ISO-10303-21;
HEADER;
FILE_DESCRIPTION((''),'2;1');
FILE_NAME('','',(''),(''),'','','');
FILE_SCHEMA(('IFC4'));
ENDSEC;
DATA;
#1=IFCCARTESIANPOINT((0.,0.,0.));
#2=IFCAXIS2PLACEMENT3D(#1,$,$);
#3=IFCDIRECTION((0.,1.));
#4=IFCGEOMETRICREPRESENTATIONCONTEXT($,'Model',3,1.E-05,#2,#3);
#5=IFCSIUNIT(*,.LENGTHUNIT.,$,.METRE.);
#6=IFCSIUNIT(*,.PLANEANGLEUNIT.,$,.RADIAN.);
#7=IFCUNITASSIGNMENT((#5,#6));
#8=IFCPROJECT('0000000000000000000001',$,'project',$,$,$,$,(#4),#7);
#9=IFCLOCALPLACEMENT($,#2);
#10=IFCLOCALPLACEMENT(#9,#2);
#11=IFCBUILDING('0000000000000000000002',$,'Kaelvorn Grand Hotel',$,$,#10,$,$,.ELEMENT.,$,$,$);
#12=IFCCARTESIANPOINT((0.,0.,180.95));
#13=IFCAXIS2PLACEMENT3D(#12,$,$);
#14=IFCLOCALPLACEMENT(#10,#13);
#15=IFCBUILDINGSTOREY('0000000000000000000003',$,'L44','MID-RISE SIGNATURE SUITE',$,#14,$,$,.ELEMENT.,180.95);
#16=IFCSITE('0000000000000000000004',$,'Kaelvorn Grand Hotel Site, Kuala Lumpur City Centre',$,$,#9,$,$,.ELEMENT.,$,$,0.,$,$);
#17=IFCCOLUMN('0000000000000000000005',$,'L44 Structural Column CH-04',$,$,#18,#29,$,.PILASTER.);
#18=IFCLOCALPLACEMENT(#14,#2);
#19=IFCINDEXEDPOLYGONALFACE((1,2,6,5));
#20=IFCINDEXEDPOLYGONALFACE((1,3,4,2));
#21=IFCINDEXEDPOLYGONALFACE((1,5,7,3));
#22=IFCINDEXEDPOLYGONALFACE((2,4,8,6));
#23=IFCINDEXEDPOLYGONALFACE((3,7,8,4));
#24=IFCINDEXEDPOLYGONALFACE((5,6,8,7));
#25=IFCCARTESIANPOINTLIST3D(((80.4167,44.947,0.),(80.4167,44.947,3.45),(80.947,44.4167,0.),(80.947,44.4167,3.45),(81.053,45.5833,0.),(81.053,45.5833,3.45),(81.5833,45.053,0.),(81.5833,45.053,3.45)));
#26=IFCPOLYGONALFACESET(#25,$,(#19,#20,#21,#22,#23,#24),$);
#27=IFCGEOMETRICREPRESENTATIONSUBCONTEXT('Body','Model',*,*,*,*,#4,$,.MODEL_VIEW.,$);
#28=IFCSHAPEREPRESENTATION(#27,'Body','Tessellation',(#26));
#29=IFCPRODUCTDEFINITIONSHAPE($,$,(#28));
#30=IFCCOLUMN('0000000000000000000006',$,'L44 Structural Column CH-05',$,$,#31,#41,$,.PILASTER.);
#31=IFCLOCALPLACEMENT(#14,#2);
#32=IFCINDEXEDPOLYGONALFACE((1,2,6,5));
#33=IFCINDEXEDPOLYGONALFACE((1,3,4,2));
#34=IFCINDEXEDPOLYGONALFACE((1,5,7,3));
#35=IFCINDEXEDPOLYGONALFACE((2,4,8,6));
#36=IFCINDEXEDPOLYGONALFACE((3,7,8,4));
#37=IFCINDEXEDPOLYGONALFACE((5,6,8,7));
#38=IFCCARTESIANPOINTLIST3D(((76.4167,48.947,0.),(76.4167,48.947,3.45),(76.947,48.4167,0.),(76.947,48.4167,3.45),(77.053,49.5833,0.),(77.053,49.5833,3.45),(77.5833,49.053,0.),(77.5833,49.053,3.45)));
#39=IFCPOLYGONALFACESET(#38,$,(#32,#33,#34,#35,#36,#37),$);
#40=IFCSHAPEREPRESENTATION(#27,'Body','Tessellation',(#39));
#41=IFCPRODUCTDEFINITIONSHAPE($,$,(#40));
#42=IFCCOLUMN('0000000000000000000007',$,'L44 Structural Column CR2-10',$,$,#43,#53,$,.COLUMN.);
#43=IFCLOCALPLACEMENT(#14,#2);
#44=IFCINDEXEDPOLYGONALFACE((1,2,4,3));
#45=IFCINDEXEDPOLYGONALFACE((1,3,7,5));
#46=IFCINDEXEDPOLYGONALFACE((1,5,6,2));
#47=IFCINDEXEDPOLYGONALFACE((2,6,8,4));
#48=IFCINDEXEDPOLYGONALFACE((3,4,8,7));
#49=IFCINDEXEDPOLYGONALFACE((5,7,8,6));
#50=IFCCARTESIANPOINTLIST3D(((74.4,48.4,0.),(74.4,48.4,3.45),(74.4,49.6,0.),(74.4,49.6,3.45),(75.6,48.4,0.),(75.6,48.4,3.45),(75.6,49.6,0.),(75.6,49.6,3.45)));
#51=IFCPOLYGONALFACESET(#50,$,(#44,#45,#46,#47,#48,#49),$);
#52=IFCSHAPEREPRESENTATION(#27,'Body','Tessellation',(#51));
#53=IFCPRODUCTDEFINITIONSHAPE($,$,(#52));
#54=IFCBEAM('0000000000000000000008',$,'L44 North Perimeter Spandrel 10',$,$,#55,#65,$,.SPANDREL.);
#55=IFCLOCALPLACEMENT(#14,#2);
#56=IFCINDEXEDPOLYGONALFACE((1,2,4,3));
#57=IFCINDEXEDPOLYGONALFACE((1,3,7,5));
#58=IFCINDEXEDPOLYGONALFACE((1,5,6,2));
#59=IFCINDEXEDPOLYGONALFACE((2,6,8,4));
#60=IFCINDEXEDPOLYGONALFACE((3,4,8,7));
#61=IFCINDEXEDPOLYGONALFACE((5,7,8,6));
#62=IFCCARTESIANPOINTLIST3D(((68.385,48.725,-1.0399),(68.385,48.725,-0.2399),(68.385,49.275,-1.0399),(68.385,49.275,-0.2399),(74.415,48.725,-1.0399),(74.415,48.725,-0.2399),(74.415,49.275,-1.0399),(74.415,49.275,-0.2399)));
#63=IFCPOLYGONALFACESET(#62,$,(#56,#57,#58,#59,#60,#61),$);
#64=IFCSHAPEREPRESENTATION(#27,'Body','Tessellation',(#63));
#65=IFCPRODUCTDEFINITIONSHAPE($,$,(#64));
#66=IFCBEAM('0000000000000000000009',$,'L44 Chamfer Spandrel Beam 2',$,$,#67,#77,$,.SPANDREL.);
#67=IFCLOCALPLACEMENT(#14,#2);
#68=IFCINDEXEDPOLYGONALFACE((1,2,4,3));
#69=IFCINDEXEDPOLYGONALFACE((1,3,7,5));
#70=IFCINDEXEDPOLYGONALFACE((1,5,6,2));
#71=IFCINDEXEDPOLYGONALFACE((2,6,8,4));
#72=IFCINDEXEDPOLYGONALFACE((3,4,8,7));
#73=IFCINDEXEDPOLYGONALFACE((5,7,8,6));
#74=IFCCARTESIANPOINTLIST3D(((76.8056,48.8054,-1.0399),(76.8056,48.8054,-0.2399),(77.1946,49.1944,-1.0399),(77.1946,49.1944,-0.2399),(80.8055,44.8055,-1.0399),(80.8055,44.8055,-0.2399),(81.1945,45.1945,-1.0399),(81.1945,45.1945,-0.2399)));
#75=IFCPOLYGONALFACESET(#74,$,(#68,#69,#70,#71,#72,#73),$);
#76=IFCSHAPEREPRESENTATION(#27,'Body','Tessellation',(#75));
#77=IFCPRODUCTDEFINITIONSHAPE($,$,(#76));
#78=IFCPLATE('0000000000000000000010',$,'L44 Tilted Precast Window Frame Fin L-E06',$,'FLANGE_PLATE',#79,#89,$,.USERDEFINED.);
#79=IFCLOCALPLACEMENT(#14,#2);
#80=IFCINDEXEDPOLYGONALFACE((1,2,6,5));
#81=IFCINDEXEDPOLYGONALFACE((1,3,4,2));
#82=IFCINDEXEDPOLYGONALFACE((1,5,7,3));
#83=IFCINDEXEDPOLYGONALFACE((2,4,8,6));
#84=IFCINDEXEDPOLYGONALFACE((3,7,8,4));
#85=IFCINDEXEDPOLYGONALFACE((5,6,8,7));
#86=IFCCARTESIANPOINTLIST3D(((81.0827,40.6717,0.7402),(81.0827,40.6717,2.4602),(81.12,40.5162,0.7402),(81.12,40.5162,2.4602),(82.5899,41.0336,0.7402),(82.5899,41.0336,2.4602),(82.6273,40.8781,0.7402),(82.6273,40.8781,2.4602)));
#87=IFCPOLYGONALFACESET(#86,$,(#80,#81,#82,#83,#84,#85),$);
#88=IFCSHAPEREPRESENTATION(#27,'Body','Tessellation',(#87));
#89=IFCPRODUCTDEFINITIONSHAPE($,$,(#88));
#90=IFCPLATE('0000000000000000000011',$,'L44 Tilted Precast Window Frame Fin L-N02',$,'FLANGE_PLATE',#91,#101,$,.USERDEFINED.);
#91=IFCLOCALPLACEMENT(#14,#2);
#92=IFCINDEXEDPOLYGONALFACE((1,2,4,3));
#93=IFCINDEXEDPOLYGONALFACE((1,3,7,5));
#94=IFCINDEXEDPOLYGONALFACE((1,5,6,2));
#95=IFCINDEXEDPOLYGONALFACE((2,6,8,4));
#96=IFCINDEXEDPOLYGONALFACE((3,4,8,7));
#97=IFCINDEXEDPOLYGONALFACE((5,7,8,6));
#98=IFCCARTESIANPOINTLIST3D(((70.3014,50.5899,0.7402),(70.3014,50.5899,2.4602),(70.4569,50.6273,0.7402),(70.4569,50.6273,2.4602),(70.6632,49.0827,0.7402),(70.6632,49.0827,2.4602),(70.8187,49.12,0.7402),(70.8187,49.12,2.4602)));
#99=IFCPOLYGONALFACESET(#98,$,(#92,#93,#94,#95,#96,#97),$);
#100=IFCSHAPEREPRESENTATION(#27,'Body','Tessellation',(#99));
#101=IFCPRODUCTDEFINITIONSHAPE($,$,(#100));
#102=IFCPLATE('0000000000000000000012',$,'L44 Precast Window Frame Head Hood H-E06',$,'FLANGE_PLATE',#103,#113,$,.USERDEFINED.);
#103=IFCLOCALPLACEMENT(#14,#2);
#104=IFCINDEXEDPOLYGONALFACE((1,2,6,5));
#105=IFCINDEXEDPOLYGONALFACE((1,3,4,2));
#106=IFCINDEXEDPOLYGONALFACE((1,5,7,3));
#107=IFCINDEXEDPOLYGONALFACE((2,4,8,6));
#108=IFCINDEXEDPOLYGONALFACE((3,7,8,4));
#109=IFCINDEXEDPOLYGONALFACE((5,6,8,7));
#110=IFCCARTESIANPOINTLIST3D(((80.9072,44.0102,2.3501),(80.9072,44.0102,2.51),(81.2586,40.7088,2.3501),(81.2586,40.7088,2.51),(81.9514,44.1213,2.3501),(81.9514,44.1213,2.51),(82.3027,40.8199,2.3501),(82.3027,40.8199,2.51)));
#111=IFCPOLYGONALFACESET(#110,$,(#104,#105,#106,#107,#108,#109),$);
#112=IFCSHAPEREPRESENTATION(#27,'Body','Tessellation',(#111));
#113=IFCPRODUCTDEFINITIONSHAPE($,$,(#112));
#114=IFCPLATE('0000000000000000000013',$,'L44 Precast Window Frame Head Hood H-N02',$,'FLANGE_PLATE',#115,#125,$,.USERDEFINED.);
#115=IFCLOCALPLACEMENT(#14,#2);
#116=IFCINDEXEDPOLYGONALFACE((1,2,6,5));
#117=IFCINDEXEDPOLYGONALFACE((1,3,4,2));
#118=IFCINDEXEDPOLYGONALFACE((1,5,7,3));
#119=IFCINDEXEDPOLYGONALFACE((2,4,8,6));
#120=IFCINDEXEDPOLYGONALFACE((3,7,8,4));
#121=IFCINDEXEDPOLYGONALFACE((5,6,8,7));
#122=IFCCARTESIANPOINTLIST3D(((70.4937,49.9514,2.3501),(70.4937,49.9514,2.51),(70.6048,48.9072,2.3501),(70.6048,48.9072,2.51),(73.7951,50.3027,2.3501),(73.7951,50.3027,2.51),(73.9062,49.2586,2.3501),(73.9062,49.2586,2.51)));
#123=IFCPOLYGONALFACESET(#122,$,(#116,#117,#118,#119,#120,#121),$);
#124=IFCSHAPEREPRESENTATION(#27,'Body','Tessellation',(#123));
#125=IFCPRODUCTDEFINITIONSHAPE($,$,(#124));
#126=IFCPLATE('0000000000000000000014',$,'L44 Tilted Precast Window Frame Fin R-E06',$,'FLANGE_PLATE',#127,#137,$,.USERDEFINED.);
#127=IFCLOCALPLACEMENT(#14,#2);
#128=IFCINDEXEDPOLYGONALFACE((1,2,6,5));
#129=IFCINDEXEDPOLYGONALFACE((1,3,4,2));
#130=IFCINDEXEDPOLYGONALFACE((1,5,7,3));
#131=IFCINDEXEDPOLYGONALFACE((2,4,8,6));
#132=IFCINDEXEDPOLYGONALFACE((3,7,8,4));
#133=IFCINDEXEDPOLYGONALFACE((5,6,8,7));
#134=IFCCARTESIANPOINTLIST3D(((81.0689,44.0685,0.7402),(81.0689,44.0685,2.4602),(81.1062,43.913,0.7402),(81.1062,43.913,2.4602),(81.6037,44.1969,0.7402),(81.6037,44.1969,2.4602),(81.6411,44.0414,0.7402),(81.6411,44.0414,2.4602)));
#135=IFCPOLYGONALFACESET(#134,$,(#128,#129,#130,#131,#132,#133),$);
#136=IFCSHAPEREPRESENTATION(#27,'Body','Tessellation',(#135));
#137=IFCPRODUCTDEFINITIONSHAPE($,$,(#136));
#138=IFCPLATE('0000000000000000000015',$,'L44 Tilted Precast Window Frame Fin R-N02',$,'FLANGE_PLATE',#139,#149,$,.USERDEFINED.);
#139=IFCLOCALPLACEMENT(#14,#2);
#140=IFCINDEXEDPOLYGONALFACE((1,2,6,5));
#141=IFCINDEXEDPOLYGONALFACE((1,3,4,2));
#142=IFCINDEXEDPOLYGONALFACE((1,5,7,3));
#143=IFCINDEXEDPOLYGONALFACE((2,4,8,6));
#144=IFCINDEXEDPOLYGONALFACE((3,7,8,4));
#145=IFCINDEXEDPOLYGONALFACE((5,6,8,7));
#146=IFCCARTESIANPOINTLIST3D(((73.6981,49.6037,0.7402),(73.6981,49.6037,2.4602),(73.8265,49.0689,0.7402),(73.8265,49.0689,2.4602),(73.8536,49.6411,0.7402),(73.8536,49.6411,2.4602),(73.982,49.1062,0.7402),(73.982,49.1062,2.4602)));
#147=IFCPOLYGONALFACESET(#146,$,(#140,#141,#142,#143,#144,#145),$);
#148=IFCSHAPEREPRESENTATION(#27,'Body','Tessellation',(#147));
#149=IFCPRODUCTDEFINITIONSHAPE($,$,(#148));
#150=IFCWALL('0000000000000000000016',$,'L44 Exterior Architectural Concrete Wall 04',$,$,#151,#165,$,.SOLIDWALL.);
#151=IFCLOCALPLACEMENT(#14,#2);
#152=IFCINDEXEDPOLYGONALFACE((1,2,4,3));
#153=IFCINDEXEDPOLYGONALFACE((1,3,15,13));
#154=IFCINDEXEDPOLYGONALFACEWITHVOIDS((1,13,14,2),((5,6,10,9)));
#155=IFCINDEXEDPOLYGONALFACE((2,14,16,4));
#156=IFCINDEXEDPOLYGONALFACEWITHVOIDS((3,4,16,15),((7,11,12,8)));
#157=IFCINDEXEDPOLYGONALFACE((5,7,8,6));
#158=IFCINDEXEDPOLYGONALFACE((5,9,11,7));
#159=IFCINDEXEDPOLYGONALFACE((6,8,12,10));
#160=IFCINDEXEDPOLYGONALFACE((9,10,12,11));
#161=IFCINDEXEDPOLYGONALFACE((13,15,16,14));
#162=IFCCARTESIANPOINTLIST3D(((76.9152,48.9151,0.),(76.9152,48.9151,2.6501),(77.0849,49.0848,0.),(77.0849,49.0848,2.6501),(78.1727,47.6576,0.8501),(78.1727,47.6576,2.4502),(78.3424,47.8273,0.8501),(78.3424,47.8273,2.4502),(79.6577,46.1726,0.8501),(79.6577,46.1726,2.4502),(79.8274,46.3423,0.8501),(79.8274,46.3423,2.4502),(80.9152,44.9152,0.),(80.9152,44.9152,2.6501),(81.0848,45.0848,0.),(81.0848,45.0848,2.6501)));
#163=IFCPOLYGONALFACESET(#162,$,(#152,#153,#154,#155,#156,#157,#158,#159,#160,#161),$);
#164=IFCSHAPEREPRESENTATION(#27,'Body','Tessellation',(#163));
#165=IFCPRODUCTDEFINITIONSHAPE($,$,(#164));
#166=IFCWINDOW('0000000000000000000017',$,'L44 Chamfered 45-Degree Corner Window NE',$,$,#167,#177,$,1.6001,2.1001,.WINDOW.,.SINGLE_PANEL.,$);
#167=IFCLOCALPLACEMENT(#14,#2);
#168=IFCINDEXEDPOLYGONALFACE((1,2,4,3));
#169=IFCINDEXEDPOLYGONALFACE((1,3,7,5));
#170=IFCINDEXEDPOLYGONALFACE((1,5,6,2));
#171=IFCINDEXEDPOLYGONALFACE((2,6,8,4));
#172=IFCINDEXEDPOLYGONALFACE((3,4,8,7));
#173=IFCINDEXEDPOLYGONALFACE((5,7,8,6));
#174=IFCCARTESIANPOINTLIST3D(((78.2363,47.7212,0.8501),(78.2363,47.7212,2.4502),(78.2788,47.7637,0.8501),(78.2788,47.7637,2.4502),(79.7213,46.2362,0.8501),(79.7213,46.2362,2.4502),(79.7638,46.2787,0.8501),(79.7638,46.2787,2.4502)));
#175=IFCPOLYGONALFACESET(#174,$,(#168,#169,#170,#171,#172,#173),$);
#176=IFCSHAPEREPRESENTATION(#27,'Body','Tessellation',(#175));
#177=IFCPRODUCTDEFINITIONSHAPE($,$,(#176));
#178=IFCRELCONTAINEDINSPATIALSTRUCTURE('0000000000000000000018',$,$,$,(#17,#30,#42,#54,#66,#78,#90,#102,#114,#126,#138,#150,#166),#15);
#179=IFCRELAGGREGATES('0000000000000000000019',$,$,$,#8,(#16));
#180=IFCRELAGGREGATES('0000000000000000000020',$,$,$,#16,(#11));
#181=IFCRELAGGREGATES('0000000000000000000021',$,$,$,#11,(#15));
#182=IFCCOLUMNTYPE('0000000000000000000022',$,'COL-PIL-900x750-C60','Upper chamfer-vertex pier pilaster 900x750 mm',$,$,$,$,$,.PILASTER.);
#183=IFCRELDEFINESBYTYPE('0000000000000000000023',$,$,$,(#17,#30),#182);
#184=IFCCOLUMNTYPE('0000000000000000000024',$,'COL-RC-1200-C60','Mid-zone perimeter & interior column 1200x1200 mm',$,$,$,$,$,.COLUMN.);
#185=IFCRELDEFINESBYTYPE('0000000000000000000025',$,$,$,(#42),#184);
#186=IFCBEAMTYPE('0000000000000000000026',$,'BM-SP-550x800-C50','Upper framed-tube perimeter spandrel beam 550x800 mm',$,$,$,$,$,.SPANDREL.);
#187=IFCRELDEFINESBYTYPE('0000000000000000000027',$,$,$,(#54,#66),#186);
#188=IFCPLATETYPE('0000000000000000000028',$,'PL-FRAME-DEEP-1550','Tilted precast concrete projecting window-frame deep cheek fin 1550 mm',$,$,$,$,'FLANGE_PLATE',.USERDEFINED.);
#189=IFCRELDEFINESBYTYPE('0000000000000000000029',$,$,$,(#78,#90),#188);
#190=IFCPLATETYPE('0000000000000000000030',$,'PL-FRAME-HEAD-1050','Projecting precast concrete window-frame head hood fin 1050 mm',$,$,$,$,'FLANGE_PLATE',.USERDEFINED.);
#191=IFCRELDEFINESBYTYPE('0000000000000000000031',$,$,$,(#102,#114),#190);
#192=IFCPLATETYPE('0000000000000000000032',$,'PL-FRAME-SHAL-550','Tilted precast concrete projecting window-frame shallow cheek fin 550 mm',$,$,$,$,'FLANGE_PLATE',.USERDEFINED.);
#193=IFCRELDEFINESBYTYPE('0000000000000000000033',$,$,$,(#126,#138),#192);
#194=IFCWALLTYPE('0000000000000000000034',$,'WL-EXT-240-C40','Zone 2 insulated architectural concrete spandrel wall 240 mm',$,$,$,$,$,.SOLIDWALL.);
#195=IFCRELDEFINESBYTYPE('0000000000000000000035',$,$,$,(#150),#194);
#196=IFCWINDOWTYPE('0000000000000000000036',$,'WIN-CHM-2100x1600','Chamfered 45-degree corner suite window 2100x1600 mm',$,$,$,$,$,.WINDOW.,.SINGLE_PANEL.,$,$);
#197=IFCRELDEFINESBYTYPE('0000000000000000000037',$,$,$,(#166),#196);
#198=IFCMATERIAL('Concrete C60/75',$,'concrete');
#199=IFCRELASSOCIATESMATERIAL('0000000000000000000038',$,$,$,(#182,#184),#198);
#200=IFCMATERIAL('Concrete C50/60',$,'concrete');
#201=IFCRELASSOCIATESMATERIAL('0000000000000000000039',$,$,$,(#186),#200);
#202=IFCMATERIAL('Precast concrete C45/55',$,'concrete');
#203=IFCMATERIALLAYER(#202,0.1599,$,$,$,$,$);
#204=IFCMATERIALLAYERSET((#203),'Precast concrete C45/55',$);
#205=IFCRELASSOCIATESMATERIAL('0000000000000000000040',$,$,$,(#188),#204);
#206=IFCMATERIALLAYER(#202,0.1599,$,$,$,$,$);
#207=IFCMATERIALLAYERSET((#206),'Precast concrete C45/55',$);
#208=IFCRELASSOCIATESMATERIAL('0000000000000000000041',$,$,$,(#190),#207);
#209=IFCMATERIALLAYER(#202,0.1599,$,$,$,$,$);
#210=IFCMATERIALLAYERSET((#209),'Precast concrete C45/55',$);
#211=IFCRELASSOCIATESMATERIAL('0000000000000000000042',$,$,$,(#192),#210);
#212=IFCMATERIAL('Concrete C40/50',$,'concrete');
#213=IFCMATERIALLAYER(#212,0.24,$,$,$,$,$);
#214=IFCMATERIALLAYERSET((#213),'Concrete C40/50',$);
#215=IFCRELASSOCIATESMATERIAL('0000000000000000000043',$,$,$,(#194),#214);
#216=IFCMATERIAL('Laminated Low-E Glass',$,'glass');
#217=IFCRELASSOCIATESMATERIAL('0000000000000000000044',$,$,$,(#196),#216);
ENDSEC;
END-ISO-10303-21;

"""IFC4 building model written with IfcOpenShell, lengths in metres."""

from ifc_helpers import new_model, si_unit, direction, frame, frame_2d, origin, origin_2d, place, context, subcontext, project, spatial, rectangle, extrude, material, layer, layer_set, material_profile, profile_set, type_object, element, fill, save


model = new_model("IFC4")

# Units and contexts
model_context = context("Model", 3, precision=1e-05, world=origin(), true_north=direction((0.0, 1.0)))
body_context = subcontext(model_context, "Body", "Model", "MODEL_VIEW")
ifc_project = project(units=[si_unit("LENGTHUNIT", "METRE"), si_unit("PLANEANGLEUNIT", "RADIAN")], contexts=[model_context])

# Site, building, storey
site_placement = place(None, origin())
site = spatial("IfcSite", under=ifc_project, at=site_placement, Name="Kaelvorn Grand Hotel Site, Kuala Lumpur City Centre", CompositionType="ELEMENT", RefElevation=0.0)
building_placement = place(site_placement, origin())
building = spatial("IfcBuilding", under=site, at=building_placement, Name="Kaelvorn Grand Hotel", CompositionType="ELEMENT")
storey_placement = place(building_placement, frame((0.0, 0.0, 180.95)))
storey = spatial("IfcBuildingStorey", under=building, at=storey_placement, Name="L44", Description="MID-RISE SIGNATURE SUITE", CompositionType="ELEMENT", Elevation=180.95)

# Columns
ifc_material_1 = material(Name="Concrete C60/75", Category="concrete")
ifc_material_profile_1 = material_profile(ifc_material_1, rectangle(XDim=0.8999, YDim=0.75, at=origin_2d()), Name="RC PILASTER 900x750")
ifc_profile_set_1 = profile_set([ifc_material_profile_1], Name="Concrete C60/75")
column_type_1 = type_object("IfcColumnType", Name="COL-PIL-900x750-C60", Description="Upper chamfer-vertex pier pilaster 900x750 mm", PredefinedType="PILASTER", material=ifc_profile_set_1)
for number, where, z_axis, x_axis, name in (
    (1, (81.0, 45.0, 0.0), (0.0, 0.0, 1.0), (0.707107, 0.707107, 0.0), "L44 Structural Column CH-04"),
    (2, (77.0, 49.0, 0.0), (0.0, 0.0, 1.0), (0.707107, 0.707107, 0.0), "L44 Structural Column CH-05"),
):
    element("IfcColumn", number, at=place(storey_placement, frame(where, z_axis=z_axis, x_axis=x_axis)), inside=storey, type_object=column_type_1, Name=name, PredefinedType="PILASTER", context=body_context, shape_type="SweptSolid", body=[
        extrude(rectangle(XDim=0.8999, YDim=0.75, at=origin_2d()), origin(), (0.0, 0.0, 1.0), 3.45),
    ])
ifc_material_profile_2 = material_profile(ifc_material_1, rectangle(XDim=1.2, YDim=1.2, at=origin_2d()), Name="RC COL 1200x1200")
ifc_profile_set_2 = profile_set([ifc_material_profile_2], Name="Concrete C60/75")
column_type_2 = type_object("IfcColumnType", Name="COL-RC-1200-C60", Description="Mid-zone perimeter & interior column 1200x1200 mm", PredefinedType="COLUMN", material=ifc_profile_set_2)
column_placement = place(storey_placement, frame((75.0, 49.0, 0.0), z_axis=(0.0, 0.0, 1.0), x_axis=(1.0, 0.0, 0.0)))
element("IfcColumn", 3, at=column_placement, inside=storey, type_object=column_type_2, Name="L44 Structural Column CR2-10", PredefinedType="COLUMN", context=body_context, shape_type="SweptSolid", body=[
    extrude(rectangle(XDim=1.2, YDim=1.2, at=origin_2d()), origin(), (0.0, 0.0, 1.0), 3.45),
])

# Beams
ifc_material_2 = material(Name="Concrete C50/60", Category="concrete")
ifc_material_profile_3 = material_profile(ifc_material_2, rectangle(XDim=0.55, YDim=0.8, at=origin_2d()), Name="RC SPANDREL 550x800")
ifc_profile_set_3 = profile_set([ifc_material_profile_3], Name="Concrete C50/60")
beam_type = type_object("IfcBeamType", Name="BM-SP-550x800-C50", Description="Upper framed-tube perimeter spandrel beam 550x800 mm", PredefinedType="SPANDREL", material=ifc_profile_set_3)
beam_1_placement = place(storey_placement, frame((68.385, 49.0, -0.6399), z_axis=(1.0, 0.0, 0.0), x_axis=(0.0, 1.0, 0.0)))
element("IfcBeam", 4, at=beam_1_placement, inside=storey, type_object=beam_type, Name="L44 North Perimeter Spandrel 10", PredefinedType="SPANDREL", context=body_context, shape_type="SweptSolid", body=[
    extrude(rectangle(XDim=0.55, YDim=0.8, at=origin_2d()), origin(), (0.0, 0.0, 1.0), 6.03),
])
beam_2_placement = place(storey_placement, frame((81.0, 45.0, -0.6399), z_axis=(-0.707107, 0.707107, 0.0), x_axis=(-0.707107, -0.707107, 0.0)))
element("IfcBeam", 5, at=beam_2_placement, inside=storey, type_object=beam_type, Name="L44 Chamfer Spandrel Beam 2", PredefinedType="SPANDREL", context=body_context, shape_type="SweptSolid", body=[
    extrude(rectangle(XDim=0.55, YDim=0.8, at=origin_2d()), origin(), (0.0, 0.0, 1.0), 5.6567),
])

# Plates
ifc_material_3 = material(Name="Precast concrete C45/55", Category="concrete")
ifc_layer_1 = layer(ifc_material_3, 0.1599)
ifc_layer_set_1 = layer_set([ifc_layer_1], Name="Precast concrete C45/55")
plate_type_1 = type_object("IfcPlateType", Name="PL-FRAME-DEEP-1550", Description="Tilted precast concrete projecting window-frame deep cheek fin 1550 mm", ElementType="FLANGE_PLATE", PredefinedType="USERDEFINED", material=ifc_layer_set_1)
for number, where, z_axis, x_axis, name in (
    (6, (81.855, 40.7749, 0.7402), (0.0, 0.0, 1.0), (-0.233445, 0.97237, 0.0), "L44 Tilted Precast Window Frame Fin L-E06"),
    (7, (70.5601, 49.855, 0.7402), (0.0, 0.0, 1.0), (0.97237, 0.233445, 0.0), "L44 Tilted Precast Window Frame Fin L-N02"),
):
    element("IfcPlate", number, at=place(storey_placement, frame(where, z_axis=z_axis, x_axis=x_axis)), inside=storey, type_object=plate_type_1, Name=name, ObjectType="FLANGE_PLATE", PredefinedType="USERDEFINED", context=body_context, shape_type="SweptSolid", body=[
        extrude(rectangle(XDim=0.1599, YDim=1.55, at=origin_2d()), origin(), (0.0, 0.0, 1.0), 1.72),
    ])
ifc_layer_2 = layer(ifc_material_3, 0.1599)
ifc_layer_set_2 = layer_set([ifc_layer_2], Name="Precast concrete C45/55")
plate_type_2 = type_object("IfcPlateType", Name="PL-FRAME-HEAD-1050", Description="Projecting precast concrete window-frame head hood fin 1050 mm", ElementType="FLANGE_PLATE", PredefinedType="USERDEFINED", material=ifc_layer_set_2)
for number, where, z_axis, x_axis, name in (
    (8, (81.605, 42.415, 2.3501), (0.0, 0.0, 1.0), (-0.10583, 0.994384, 0.0), "L44 Precast Window Frame Head Hood H-E06"),
    (9, (72.2, 49.605, 2.3501), (0.0, 0.0, 1.0), (0.994384, 0.10583, 0.0), "L44 Precast Window Frame Head Hood H-N02"),
):
    element("IfcPlate", number, at=place(storey_placement, frame(where, z_axis=z_axis, x_axis=x_axis)), inside=storey, type_object=plate_type_2, Name=name, ObjectType="FLANGE_PLATE", PredefinedType="USERDEFINED", context=body_context, shape_type="SweptSolid", body=[
        extrude(rectangle(XDim=3.3201, YDim=1.05, at=origin_2d()), origin(), (0.0, 0.0, 1.0), 0.1599),
    ])
ifc_layer_3 = layer(ifc_material_3, 0.1599)
ifc_layer_set_3 = layer_set([ifc_layer_3], Name="Precast concrete C45/55")
plate_type_3 = type_object("IfcPlateType", Name="PL-FRAME-SHAL-550", Description="Tilted precast concrete projecting window-frame shallow cheek fin 550 mm", ElementType="FLANGE_PLATE", PredefinedType="USERDEFINED", material=ifc_layer_set_3)
for number, where, z_axis, x_axis, name in (
    (10, (81.355, 44.0549, 0.7402), (0.0, 0.0, 1.0), (-0.233445, 0.97237, 0.0), "L44 Tilted Precast Window Frame Fin R-E06"),
    (11, (73.8401, 49.355, 0.7402), (0.0, 0.0, 1.0), (0.97237, 0.233445, 0.0), "L44 Tilted Precast Window Frame Fin R-N02"),
):
    element("IfcPlate", number, at=place(storey_placement, frame(where, z_axis=z_axis, x_axis=x_axis)), inside=storey, type_object=plate_type_3, Name=name, ObjectType="FLANGE_PLATE", PredefinedType="USERDEFINED", context=body_context, shape_type="SweptSolid", body=[
        extrude(rectangle(XDim=0.1599, YDim=0.55, at=origin_2d()), origin(), (0.0, 0.0, 1.0), 1.72),
    ])

# Wall, opening, window
ifc_material_4 = material(Name="Concrete C40/50", Category="concrete")
ifc_layer_4 = layer(ifc_material_4, 0.24)
ifc_layer_set_4 = layer_set([ifc_layer_4], Name="Concrete C40/50")
wall_type = type_object("IfcWallType", Name="WL-EXT-240-C40", Description="Zone 2 insulated architectural concrete spandrel wall 240 mm", PredefinedType="SOLIDWALL", material=ifc_layer_set_4)
wall_1_placement = place(storey_placement, frame((81.0, 45.0, 0.0), z_axis=(0.0, 0.0, 1.0), x_axis=(-0.707107, 0.707107, 0.0)))
wall_1 = element("IfcWall", 12, at=wall_1_placement, inside=storey, type_object=wall_type, Name="L44 Exterior Architectural Concrete Wall 04", PredefinedType="SOLIDWALL", context=body_context, shape_type="SweptSolid", body=[
    extrude(rectangle(XDim=5.6567, YDim=0.24, at=frame_2d((2.8284, 0.0))), origin(), (0.0, 0.0, 1.0), 2.6501),
])
opening_1_placement = place(wall_1_placement, frame((1.7783, 0.0, 0.8501)))
opening_1 = element("IfcOpeningElement", 13, at=opening_1_placement, cuts=wall_1, PredefinedType="OPENING", context=body_context, shape_type="SweptSolid", body=[
    extrude(rectangle(XDim=2.1001, YDim=1.6001, at=frame_2d((1.05, 0.8))), frame((0.0, 0.1299, 0.0), z_axis=(0.0, -1.0, 0.0), x_axis=(1.0, 0.0, 0.0)), (0.0, 0.0, 1.0), 0.26),
])
ifc_material_5 = material(Name="Laminated Low-E Glass", Category="glass")
window_type_1 = type_object("IfcWindowType", Name="WIN-CHM-2100x1600", Description="Chamfered 45-degree corner suite window 2100x1600 mm", PartitioningType="SINGLE_PANEL", PredefinedType="WINDOW", material=ifc_material_5)
window_1_placement = place(opening_1_placement, origin())
window_1 = element("IfcWindow", 14, at=window_1_placement, inside=storey, type_object=window_type_1, Name="L44 Chamfered 45-Degree Corner Window NE", OverallHeight=1.6001, OverallWidth=2.1001, PartitioningType="SINGLE_PANEL", PredefinedType="WINDOW", context=body_context, shape_type="SweptSolid", body=[
    extrude(rectangle(XDim=2.1001, YDim=1.6001, at=frame_2d((1.05, 0.8))), frame((0.0, 0.03, 0.0), z_axis=(0.0, -1.0, 0.0), x_axis=(1.0, 0.0, 0.0)), (0.0, 0.0, 1.0), 0.0601),
])
fill(opening_1, window_1)

save(model, "model.ifc")
